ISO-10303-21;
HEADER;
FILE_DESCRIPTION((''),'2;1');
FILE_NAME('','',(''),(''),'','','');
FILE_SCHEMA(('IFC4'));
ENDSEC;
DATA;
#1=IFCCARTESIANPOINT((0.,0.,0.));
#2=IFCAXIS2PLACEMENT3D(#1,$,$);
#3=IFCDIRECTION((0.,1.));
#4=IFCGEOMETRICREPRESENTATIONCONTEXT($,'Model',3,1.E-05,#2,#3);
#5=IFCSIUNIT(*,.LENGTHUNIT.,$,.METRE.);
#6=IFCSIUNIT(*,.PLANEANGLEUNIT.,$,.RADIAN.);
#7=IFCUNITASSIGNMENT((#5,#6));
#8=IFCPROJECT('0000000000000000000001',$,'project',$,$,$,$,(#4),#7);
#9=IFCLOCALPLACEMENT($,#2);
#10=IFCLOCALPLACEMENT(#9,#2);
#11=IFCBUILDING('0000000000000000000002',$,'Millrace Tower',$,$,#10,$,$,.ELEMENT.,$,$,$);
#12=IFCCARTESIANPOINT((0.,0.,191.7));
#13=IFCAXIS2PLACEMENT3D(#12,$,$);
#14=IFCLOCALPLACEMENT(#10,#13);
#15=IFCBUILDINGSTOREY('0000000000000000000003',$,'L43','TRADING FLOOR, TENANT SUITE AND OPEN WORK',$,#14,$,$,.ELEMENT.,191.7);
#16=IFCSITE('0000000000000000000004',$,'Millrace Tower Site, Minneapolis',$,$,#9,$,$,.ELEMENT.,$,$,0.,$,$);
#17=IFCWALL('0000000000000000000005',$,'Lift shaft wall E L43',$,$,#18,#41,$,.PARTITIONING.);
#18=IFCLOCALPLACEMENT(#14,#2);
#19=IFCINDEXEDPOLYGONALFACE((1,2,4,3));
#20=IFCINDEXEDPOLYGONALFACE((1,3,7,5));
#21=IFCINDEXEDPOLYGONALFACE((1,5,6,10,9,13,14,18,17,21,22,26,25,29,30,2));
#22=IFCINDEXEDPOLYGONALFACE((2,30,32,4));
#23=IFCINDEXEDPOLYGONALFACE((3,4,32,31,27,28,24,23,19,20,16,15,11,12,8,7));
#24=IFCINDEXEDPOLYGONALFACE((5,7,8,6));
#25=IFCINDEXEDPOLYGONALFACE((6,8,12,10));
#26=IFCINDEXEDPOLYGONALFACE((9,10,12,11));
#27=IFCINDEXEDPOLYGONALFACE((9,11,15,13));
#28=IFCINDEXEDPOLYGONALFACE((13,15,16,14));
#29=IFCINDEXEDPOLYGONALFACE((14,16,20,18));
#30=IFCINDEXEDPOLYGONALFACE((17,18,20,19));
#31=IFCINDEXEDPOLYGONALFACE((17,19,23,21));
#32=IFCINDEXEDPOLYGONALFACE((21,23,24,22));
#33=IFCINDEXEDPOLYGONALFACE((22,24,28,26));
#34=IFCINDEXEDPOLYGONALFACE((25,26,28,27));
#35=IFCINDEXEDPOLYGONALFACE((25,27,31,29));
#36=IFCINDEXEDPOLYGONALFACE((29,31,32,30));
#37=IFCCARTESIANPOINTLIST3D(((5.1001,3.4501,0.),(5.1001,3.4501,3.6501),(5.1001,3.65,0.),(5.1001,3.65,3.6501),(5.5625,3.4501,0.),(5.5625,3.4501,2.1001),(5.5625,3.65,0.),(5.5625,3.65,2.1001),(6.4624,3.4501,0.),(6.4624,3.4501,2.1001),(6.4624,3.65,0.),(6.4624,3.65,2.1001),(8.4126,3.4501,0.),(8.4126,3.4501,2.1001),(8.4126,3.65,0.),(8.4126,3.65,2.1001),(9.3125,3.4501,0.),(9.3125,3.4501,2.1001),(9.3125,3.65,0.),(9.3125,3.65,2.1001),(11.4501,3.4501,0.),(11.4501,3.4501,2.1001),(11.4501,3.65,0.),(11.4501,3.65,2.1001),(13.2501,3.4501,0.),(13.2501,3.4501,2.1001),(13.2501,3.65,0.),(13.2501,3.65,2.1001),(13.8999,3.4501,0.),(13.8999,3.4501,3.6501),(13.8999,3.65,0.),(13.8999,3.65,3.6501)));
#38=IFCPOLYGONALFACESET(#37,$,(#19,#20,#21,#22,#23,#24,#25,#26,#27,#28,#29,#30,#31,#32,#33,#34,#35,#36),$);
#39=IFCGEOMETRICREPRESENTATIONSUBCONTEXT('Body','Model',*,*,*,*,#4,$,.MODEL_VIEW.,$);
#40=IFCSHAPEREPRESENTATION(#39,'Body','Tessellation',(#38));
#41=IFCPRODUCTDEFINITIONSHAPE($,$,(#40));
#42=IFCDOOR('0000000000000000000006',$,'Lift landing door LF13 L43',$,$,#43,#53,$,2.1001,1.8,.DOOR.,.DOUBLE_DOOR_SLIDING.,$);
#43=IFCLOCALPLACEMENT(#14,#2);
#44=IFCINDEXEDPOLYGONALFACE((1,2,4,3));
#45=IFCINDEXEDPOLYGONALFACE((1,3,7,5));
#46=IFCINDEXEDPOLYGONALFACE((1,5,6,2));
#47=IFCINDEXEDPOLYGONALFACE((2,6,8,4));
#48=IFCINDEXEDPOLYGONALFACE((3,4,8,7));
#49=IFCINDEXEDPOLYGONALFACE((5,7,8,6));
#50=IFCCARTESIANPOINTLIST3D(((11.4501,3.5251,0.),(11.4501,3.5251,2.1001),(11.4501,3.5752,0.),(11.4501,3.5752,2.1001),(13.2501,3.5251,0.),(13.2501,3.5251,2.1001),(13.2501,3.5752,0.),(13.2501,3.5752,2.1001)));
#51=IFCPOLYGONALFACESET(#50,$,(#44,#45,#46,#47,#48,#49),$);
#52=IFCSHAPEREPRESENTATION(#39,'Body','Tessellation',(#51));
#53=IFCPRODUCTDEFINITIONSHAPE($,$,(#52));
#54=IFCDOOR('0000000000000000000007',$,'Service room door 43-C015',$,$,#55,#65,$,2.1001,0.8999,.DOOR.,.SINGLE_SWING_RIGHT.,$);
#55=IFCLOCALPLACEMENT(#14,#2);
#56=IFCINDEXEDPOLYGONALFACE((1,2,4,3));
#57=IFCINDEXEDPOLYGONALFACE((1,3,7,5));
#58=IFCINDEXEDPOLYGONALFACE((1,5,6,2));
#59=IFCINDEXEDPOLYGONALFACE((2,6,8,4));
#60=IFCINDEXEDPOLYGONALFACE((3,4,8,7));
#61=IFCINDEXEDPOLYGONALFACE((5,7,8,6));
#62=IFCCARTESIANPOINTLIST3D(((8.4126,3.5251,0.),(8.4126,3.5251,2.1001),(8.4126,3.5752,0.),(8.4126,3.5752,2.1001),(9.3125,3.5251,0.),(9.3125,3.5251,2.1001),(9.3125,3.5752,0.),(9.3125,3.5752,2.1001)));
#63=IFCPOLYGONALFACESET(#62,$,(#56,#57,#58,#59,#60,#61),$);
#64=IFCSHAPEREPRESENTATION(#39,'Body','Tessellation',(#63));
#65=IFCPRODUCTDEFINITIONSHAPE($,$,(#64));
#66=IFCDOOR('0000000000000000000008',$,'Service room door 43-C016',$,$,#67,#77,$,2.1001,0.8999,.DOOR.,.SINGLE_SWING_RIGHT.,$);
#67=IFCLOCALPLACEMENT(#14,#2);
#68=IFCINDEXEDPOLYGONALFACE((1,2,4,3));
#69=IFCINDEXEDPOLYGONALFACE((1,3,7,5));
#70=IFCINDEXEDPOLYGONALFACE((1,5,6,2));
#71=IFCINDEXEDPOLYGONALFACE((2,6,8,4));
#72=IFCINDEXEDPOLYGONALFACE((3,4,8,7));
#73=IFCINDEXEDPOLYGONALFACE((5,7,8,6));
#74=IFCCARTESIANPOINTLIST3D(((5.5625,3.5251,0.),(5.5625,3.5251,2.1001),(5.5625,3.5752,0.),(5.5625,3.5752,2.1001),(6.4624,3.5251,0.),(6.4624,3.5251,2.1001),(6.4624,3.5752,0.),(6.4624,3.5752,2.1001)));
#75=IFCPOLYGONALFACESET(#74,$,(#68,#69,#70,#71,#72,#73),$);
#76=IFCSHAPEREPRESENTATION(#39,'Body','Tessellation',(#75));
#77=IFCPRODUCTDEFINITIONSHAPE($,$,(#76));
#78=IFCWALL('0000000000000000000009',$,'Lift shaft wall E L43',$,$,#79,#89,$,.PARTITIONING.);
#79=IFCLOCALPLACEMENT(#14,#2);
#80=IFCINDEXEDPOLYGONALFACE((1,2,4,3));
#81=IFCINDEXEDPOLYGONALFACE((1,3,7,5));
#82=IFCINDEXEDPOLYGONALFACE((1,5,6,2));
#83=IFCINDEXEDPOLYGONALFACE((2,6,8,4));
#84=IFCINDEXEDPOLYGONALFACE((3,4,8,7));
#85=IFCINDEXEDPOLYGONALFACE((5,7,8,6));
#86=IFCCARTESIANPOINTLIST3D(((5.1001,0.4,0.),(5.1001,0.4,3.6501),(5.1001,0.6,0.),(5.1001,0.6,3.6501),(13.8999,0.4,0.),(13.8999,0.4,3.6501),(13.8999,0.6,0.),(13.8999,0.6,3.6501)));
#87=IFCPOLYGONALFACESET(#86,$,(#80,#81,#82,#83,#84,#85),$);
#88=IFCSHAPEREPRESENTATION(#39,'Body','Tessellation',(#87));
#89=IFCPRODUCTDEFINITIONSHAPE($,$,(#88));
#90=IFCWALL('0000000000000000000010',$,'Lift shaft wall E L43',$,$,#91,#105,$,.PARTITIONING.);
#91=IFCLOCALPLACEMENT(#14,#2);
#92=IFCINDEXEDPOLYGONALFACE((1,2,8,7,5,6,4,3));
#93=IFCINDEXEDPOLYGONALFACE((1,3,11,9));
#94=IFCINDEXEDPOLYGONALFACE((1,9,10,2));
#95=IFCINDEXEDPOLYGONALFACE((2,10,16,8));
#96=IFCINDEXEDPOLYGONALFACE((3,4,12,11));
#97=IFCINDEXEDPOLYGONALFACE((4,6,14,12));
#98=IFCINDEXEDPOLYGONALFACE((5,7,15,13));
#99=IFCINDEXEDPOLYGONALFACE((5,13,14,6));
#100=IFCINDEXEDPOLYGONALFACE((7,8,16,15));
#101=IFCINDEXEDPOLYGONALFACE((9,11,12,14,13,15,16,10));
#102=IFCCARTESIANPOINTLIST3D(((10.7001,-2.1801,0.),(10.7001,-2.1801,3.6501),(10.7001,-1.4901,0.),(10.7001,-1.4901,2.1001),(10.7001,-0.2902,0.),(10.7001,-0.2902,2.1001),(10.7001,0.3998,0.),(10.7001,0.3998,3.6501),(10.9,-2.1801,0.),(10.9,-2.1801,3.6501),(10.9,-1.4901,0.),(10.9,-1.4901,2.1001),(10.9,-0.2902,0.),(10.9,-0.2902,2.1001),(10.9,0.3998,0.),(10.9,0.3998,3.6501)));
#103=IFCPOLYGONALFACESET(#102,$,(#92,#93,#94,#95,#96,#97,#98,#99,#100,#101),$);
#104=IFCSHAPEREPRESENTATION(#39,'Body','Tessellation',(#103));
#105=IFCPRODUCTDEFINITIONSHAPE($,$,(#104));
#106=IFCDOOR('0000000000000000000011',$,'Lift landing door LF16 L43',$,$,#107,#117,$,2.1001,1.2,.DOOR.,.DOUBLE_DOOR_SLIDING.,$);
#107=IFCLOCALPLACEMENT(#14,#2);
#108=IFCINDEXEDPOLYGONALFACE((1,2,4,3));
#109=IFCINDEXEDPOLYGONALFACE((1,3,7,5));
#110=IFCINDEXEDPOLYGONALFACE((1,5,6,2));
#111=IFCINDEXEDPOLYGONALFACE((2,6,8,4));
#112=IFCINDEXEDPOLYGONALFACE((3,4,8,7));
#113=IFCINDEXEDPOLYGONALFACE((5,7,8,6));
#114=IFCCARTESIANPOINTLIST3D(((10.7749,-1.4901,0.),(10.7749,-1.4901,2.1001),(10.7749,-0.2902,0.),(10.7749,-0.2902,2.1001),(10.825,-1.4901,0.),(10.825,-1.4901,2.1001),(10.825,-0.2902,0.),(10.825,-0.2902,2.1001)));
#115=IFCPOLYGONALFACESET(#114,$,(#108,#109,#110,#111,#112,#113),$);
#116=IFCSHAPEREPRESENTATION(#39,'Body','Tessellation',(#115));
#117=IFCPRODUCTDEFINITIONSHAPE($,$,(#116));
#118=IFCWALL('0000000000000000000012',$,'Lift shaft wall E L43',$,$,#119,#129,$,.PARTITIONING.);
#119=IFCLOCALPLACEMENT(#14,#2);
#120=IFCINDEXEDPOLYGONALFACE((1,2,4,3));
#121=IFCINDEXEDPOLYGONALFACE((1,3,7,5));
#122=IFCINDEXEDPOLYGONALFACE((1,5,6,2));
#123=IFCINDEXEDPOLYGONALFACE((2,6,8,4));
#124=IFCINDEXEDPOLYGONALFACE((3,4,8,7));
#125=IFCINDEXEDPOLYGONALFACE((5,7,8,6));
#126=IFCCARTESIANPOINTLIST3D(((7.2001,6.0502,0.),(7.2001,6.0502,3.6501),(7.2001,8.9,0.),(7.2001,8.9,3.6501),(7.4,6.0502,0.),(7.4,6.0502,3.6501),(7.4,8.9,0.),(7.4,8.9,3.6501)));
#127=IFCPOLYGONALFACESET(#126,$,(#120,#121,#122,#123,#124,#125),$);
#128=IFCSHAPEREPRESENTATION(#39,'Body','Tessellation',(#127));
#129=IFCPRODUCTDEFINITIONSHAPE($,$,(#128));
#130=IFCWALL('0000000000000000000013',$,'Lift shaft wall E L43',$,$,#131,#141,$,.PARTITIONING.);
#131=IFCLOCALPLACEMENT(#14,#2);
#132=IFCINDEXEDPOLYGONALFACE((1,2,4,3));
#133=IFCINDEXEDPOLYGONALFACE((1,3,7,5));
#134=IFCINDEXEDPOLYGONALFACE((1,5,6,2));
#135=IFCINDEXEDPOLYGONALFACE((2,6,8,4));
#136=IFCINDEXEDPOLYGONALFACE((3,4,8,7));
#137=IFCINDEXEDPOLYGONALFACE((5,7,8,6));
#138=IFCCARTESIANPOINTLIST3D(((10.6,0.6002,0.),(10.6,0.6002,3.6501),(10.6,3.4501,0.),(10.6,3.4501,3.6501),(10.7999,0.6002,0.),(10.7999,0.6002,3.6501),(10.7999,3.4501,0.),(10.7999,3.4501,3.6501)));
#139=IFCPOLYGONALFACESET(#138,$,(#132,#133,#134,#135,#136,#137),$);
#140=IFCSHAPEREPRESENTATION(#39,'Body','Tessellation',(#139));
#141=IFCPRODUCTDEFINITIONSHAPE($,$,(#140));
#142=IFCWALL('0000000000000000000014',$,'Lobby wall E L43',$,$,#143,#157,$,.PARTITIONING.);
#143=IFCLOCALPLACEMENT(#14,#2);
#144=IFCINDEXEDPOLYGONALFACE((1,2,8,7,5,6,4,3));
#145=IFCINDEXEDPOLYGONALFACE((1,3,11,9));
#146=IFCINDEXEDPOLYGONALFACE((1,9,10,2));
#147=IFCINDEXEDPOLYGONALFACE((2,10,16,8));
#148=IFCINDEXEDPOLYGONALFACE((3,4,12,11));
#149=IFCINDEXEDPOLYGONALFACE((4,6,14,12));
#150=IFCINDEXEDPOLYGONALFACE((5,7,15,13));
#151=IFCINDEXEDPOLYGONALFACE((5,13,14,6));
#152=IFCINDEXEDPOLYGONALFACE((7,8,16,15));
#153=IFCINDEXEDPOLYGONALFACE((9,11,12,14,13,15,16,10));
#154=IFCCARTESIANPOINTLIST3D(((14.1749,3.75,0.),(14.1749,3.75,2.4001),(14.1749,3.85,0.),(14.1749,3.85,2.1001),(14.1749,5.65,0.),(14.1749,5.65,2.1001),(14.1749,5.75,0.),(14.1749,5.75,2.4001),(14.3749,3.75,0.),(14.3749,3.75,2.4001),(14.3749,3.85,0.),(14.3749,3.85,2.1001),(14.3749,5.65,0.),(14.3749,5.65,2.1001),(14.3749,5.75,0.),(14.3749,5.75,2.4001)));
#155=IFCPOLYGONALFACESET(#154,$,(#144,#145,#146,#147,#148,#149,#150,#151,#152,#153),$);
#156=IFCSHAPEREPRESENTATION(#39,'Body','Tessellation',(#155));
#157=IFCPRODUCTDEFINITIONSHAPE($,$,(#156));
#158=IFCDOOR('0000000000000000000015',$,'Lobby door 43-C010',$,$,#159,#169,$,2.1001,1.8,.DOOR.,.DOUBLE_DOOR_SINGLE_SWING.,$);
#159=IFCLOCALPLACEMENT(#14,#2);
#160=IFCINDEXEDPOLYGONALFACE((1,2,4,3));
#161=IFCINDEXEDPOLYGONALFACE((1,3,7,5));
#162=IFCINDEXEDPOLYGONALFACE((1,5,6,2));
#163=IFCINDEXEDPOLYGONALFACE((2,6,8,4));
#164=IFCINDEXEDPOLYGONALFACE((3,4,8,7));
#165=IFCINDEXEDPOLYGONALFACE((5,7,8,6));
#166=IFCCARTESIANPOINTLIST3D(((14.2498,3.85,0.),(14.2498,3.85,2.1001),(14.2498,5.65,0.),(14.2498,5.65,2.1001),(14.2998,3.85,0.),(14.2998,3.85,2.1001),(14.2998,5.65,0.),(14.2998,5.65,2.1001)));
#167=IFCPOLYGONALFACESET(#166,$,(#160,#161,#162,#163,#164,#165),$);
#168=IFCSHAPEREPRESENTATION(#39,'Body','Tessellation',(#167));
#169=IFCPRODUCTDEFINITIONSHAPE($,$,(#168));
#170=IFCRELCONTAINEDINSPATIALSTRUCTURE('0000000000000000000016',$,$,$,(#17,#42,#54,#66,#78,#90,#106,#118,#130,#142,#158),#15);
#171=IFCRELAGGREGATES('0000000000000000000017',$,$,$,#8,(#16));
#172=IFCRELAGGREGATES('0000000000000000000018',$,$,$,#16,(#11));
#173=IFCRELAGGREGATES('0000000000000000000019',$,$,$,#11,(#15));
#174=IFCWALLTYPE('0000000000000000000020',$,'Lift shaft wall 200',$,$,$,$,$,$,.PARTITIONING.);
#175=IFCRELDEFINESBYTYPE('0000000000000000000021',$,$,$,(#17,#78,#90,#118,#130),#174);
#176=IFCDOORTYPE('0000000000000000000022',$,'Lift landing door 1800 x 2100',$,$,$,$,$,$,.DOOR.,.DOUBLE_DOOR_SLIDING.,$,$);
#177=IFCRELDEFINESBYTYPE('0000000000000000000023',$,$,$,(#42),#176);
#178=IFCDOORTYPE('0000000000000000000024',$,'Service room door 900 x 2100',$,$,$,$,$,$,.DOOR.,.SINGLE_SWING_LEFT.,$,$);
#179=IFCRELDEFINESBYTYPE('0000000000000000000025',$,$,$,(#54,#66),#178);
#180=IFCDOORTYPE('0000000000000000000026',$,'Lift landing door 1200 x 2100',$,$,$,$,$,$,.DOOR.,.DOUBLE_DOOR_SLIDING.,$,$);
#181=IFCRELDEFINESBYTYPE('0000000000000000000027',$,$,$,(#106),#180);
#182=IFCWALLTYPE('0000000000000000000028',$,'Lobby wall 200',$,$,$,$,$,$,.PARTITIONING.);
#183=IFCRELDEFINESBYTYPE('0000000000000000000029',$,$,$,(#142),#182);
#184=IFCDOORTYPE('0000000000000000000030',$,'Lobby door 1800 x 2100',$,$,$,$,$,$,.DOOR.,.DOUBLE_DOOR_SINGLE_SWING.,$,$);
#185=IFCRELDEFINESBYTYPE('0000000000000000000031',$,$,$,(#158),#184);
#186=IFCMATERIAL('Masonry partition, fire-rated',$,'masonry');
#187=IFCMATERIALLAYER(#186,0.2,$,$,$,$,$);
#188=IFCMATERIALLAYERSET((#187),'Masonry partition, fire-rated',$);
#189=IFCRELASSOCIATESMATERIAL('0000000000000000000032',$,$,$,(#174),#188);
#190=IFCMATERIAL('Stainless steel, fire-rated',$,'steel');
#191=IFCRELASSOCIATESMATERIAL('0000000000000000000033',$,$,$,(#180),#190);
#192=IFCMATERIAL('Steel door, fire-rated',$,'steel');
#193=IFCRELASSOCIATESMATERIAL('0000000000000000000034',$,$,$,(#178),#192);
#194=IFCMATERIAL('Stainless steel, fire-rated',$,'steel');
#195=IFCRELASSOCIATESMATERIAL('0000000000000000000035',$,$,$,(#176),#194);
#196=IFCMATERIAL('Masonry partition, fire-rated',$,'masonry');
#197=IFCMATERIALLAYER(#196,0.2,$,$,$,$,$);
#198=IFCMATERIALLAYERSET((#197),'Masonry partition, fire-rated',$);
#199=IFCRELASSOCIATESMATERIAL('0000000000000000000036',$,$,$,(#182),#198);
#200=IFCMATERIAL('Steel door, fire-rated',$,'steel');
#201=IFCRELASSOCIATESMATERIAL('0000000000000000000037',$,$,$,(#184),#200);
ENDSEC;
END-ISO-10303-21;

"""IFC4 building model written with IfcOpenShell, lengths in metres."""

from ifc_helpers import new_model, si_unit, direction, frame, frame_2d, origin, place, context, subcontext, project, spatial, rectangle, extrude, material, layer, layer_set, type_object, element, fill, save


model = new_model("IFC4")

# Units and contexts
model_context = context("Model", 3, precision=1e-05, world=origin(), true_north=direction((0.0, 1.0)))
body_context = subcontext(model_context, "Body", "Model", "MODEL_VIEW")
ifc_project = project(units=[si_unit("LENGTHUNIT", "METRE"), si_unit("PLANEANGLEUNIT", "RADIAN")], contexts=[model_context])

# Site, building, storey
site_placement = place(None, origin())
site = spatial("IfcSite", under=ifc_project, at=site_placement, Name="Millrace Tower Site, Minneapolis", CompositionType="ELEMENT", RefElevation=0.0)
building_placement = place(site_placement, origin())
building = spatial("IfcBuilding", under=site, at=building_placement, Name="Millrace Tower", CompositionType="ELEMENT")
storey_placement = place(building_placement, frame((0.0, 0.0, 191.7)))
storey = spatial("IfcBuildingStorey", under=building, at=storey_placement, Name="L43", Description="TRADING FLOOR, TENANT SUITE AND OPEN WORK", CompositionType="ELEMENT", Elevation=191.7)

# Wall, openings, doors
ifc_material_1 = material(Name="Masonry partition, fire-rated", Category="masonry")
ifc_layer_1 = layer(ifc_material_1, 0.2)
ifc_layer_set_1 = layer_set([ifc_layer_1], Name="Masonry partition, fire-rated")
wall_type_1 = type_object("IfcWallType", Name="Lift shaft wall 200", PredefinedType="PARTITIONING", material=ifc_layer_set_1)
ifc_material_2 = material(Name="Stainless steel, fire-rated", Category="steel")
door_type_1 = type_object("IfcDoorType", Name="Lift landing door 1200 x 2100", OperationType="DOUBLE_DOOR_SLIDING", PredefinedType="DOOR", material=ifc_material_2)
ifc_material_3 = material(Name="Steel door, fire-rated", Category="steel")
door_type_2 = type_object("IfcDoorType", Name="Service room door 900 x 2100", OperationType="SINGLE_SWING_LEFT", PredefinedType="DOOR", material=ifc_material_3)
wall_1_placement = place(storey_placement, frame((13.8999, 3.55, 0.0), z_axis=(0.0, 0.0, 1.0), x_axis=(-1.0, 0.0, 0.0)))
wall_1 = element("IfcWall", 1, at=wall_1_placement, inside=storey, type_object=wall_type_1, Name="Lift shaft wall E L43", PredefinedType="PARTITIONING", context=body_context, shape_type="SweptSolid", body=[
    extrude(rectangle(XDim=8.7998, YDim=0.2, at=frame_2d((4.3999, 0.0))), origin(), (0.0, 0.0, 1.0), 3.6501),
])
opening_1_placement = place(wall_1_placement, frame((0.6499, 0.0, 0.0)))
opening_1 = element("IfcOpeningElement", 2, at=opening_1_placement, cuts=wall_1, PredefinedType="OPENING", context=body_context, shape_type="SweptSolid", body=[
    extrude(rectangle(XDim=1.8, YDim=2.1001, at=frame_2d((0.8999, 1.05))), frame((0.0, 0.1099, 0.0), z_axis=(0.0, -1.0, 0.0), x_axis=(1.0, 0.0, 0.0)), (0.0, 0.0, 1.0), 0.22),
])
opening_2_placement = place(wall_1_placement, frame((4.5874, 0.0, 0.0)))
opening_2 = element("IfcOpeningElement", 3, at=opening_2_placement, cuts=wall_1, PredefinedType="OPENING", context=body_context, shape_type="SweptSolid", body=[
    extrude(rectangle(XDim=0.8999, YDim=2.1001, at=frame_2d((0.45, 1.05))), frame((0.0, 0.1099, 0.0), z_axis=(0.0, -1.0, 0.0), x_axis=(1.0, 0.0, 0.0)), (0.0, 0.0, 1.0), 0.22),
])
opening_3_placement = place(wall_1_placement, frame((7.4375, 0.0, 0.0)))
opening_3 = element("IfcOpeningElement", 4, at=opening_3_placement, cuts=wall_1, PredefinedType="OPENING", context=body_context, shape_type="SweptSolid", body=[
    extrude(rectangle(XDim=0.8999, YDim=2.1001, at=frame_2d((0.45, 1.05))), frame((0.0, 0.1099, 0.0), z_axis=(0.0, -1.0, 0.0), x_axis=(1.0, 0.0, 0.0)), (0.0, 0.0, 1.0), 0.22),
])
ifc_material_4 = material(Name="Stainless steel, fire-rated", Category="steel")
door_type_3 = type_object("IfcDoorType", Name="Lift landing door 1800 x 2100", OperationType="DOUBLE_DOOR_SLIDING", PredefinedType="DOOR", material=ifc_material_4)
door_1_placement = place(opening_1_placement, origin())
door_1 = element("IfcDoor", 5, at=door_1_placement, inside=storey, type_object=door_type_3, Name="Lift landing door LF13 L43", OperationType="DOUBLE_DOOR_SLIDING", OverallHeight=2.1001, OverallWidth=1.8, PredefinedType="DOOR", context=body_context, shape_type="SweptSolid", body=[
    extrude(rectangle(XDim=1.8, YDim=2.1001, at=frame_2d((0.8999, 1.05))), frame((0.0, 0.0249, 0.0), z_axis=(0.0, -1.0, 0.0), x_axis=(1.0, 0.0, 0.0)), (0.0, 0.0, 1.0), 0.05),
])
fill(opening_1, door_1)
door_2_placement = place(opening_2_placement, origin())
door_2 = element("IfcDoor", 6, at=door_2_placement, inside=storey, type_object=door_type_2, Name="Service room door 43-C015", OperationType="SINGLE_SWING_RIGHT", OverallHeight=2.1001, OverallWidth=0.8999, PredefinedType="DOOR", context=body_context, shape_type="SweptSolid", body=[
    extrude(rectangle(XDim=0.8999, YDim=2.1001, at=frame_2d((0.45, 1.05))), frame((0.0, 0.0249, 0.0), z_axis=(0.0, -1.0, 0.0), x_axis=(1.0, 0.0, 0.0)), (0.0, 0.0, 1.0), 0.05),
])
fill(opening_2, door_2)
door_3_placement = place(opening_3_placement, origin())
door_3 = element("IfcDoor", 7, at=door_3_placement, inside=storey, type_object=door_type_2, Name="Service room door 43-C016", OperationType="SINGLE_SWING_RIGHT", OverallHeight=2.1001, OverallWidth=0.8999, PredefinedType="DOOR", context=body_context, shape_type="SweptSolid", body=[
    extrude(rectangle(XDim=0.8999, YDim=2.1001, at=frame_2d((0.45, 1.05))), frame((0.0, 0.0249, 0.0), z_axis=(0.0, -1.0, 0.0), x_axis=(1.0, 0.0, 0.0)), (0.0, 0.0, 1.0), 0.05),
])
fill(opening_3, door_3)

# Wall
wall_2_placement = place(storey_placement, frame((13.8999, 0.5, 0.0), z_axis=(0.0, 0.0, 1.0), x_axis=(-1.0, 0.0, 0.0)))
element("IfcWall", 8, at=wall_2_placement, inside=storey, type_object=wall_type_1, Name="Lift shaft wall E L43", PredefinedType="PARTITIONING", context=body_context, shape_type="SweptSolid", body=[
    extrude(rectangle(XDim=8.7998, YDim=0.2, at=frame_2d((4.3999, 0.0))), origin(), (0.0, 0.0, 1.0), 3.6501),
])

# Wall, opening, door
wall_3_placement = place(storey_placement, frame((10.8, 0.3999, 0.0), z_axis=(0.0, 0.0, 1.0), x_axis=(0.0, -1.0, 0.0)))
wall_3 = element("IfcWall", 9, at=wall_3_placement, inside=storey, type_object=wall_type_1, Name="Lift shaft wall E L43", PredefinedType="PARTITIONING", context=body_context, shape_type="SweptSolid", body=[
    extrude(rectangle(XDim=2.5798, YDim=0.2, at=frame_2d((1.29, 0.0))), origin(), (0.0, 0.0, 1.0), 3.6501),
])
opening_4_placement = place(wall_3_placement, frame((0.6899, 0.0, 0.0)))
opening_4 = element("IfcOpeningElement", 10, at=opening_4_placement, cuts=wall_3, PredefinedType="OPENING", context=body_context, shape_type="SweptSolid", body=[
    extrude(rectangle(XDim=1.2, YDim=2.1001, at=frame_2d((0.6001, 1.05))), frame((0.0, 0.1099, 0.0), z_axis=(0.0, -1.0, 0.0), x_axis=(1.0, 0.0, 0.0)), (0.0, 0.0, 1.0), 0.22),
])
door_4_placement = place(opening_4_placement, origin())
door_4 = element("IfcDoor", 11, at=door_4_placement, inside=storey, type_object=door_type_1, Name="Lift landing door LF16 L43", OperationType="DOUBLE_DOOR_SLIDING", OverallHeight=2.1001, OverallWidth=1.2, PredefinedType="DOOR", context=body_context, shape_type="SweptSolid", body=[
    extrude(rectangle(XDim=1.2, YDim=2.1001, at=frame_2d((0.6001, 1.05))), frame((0.0, 0.0249, 0.0), z_axis=(0.0, -1.0, 0.0), x_axis=(1.0, 0.0, 0.0)), (0.0, 0.0, 1.0), 0.05),
])
fill(opening_4, door_4)

# Walls
for number, where, z_axis, x_axis, name in (
    (12, (7.3, 8.8999, 0.0), (0.0, 0.0, 1.0), (0.0, -1.0, 0.0), "Lift shaft wall E L43"),
    (13, (10.7, 3.45, 0.0), (0.0, 0.0, 1.0), (0.0, -1.0, 0.0), "Lift shaft wall E L43"),
):
    element("IfcWall", number, at=place(storey_placement, frame(where, z_axis=z_axis, x_axis=x_axis)), inside=storey, type_object=wall_type_1, Name=name, PredefinedType="PARTITIONING", context=body_context, shape_type="SweptSolid", body=[
        extrude(rectangle(XDim=2.8499, YDim=0.2, at=frame_2d((1.4248, 0.0))), origin(), (0.0, 0.0, 1.0), 3.6501),
    ])

# Wall, opening, door
ifc_material_5 = material(Name="Masonry partition, fire-rated", Category="masonry")
ifc_layer_2 = layer(ifc_material_5, 0.2)
ifc_layer_set_2 = layer_set([ifc_layer_2], Name="Masonry partition, fire-rated")
wall_type_2 = type_object("IfcWallType", Name="Lobby wall 200", PredefinedType="PARTITIONING", material=ifc_layer_set_2)
wall_4_placement = place(storey_placement, frame((14.2749, 5.75, 0.0), z_axis=(0.0, 0.0, 1.0), x_axis=(0.0, -1.0, 0.0)))
wall_4 = element("IfcWall", 14, at=wall_4_placement, inside=storey, type_object=wall_type_2, Name="Lobby wall E L43", PredefinedType="PARTITIONING", context=body_context, shape_type="SweptSolid", body=[
    extrude(rectangle(XDim=2.0, YDim=0.2, at=frame_2d((1.0, 0.0))), origin(), (0.0, 0.0, 1.0), 2.4001),
])
opening_5_placement = place(wall_4_placement, frame((0.1001, 0.0, 0.0)))
opening_5 = element("IfcOpeningElement", 15, at=opening_5_placement, cuts=wall_4, PredefinedType="OPENING", context=body_context, shape_type="SweptSolid", body=[
    extrude(rectangle(XDim=1.8, YDim=2.1001, at=frame_2d((0.8999, 1.05))), frame((0.0, 0.1099, 0.0), z_axis=(0.0, -1.0, 0.0), x_axis=(1.0, 0.0, 0.0)), (0.0, 0.0, 1.0), 0.22),
])
ifc_material_6 = material(Name="Steel door, fire-rated", Category="steel")
door_type_4 = type_object("IfcDoorType", Name="Lobby door 1800 x 2100", OperationType="DOUBLE_DOOR_SINGLE_SWING", PredefinedType="DOOR", material=ifc_material_6)
door_5_placement = place(opening_5_placement, origin())
door_5 = element("IfcDoor", 16, at=door_5_placement, inside=storey, type_object=door_type_4, Name="Lobby door 43-C010", OperationType="DOUBLE_DOOR_SINGLE_SWING", OverallHeight=2.1001, OverallWidth=1.8, PredefinedType="DOOR", context=body_context, shape_type="SweptSolid", body=[
    extrude(rectangle(XDim=1.8, YDim=2.1001, at=frame_2d((0.8999, 1.05))), frame((0.0, 0.0249, 0.0), z_axis=(0.0, -1.0, 0.0), x_axis=(1.0, 0.0, 0.0)), (0.0, 0.0, 1.0), 0.05),
])
fill(opening_5, door_5)

save(model, "model.ifc")
